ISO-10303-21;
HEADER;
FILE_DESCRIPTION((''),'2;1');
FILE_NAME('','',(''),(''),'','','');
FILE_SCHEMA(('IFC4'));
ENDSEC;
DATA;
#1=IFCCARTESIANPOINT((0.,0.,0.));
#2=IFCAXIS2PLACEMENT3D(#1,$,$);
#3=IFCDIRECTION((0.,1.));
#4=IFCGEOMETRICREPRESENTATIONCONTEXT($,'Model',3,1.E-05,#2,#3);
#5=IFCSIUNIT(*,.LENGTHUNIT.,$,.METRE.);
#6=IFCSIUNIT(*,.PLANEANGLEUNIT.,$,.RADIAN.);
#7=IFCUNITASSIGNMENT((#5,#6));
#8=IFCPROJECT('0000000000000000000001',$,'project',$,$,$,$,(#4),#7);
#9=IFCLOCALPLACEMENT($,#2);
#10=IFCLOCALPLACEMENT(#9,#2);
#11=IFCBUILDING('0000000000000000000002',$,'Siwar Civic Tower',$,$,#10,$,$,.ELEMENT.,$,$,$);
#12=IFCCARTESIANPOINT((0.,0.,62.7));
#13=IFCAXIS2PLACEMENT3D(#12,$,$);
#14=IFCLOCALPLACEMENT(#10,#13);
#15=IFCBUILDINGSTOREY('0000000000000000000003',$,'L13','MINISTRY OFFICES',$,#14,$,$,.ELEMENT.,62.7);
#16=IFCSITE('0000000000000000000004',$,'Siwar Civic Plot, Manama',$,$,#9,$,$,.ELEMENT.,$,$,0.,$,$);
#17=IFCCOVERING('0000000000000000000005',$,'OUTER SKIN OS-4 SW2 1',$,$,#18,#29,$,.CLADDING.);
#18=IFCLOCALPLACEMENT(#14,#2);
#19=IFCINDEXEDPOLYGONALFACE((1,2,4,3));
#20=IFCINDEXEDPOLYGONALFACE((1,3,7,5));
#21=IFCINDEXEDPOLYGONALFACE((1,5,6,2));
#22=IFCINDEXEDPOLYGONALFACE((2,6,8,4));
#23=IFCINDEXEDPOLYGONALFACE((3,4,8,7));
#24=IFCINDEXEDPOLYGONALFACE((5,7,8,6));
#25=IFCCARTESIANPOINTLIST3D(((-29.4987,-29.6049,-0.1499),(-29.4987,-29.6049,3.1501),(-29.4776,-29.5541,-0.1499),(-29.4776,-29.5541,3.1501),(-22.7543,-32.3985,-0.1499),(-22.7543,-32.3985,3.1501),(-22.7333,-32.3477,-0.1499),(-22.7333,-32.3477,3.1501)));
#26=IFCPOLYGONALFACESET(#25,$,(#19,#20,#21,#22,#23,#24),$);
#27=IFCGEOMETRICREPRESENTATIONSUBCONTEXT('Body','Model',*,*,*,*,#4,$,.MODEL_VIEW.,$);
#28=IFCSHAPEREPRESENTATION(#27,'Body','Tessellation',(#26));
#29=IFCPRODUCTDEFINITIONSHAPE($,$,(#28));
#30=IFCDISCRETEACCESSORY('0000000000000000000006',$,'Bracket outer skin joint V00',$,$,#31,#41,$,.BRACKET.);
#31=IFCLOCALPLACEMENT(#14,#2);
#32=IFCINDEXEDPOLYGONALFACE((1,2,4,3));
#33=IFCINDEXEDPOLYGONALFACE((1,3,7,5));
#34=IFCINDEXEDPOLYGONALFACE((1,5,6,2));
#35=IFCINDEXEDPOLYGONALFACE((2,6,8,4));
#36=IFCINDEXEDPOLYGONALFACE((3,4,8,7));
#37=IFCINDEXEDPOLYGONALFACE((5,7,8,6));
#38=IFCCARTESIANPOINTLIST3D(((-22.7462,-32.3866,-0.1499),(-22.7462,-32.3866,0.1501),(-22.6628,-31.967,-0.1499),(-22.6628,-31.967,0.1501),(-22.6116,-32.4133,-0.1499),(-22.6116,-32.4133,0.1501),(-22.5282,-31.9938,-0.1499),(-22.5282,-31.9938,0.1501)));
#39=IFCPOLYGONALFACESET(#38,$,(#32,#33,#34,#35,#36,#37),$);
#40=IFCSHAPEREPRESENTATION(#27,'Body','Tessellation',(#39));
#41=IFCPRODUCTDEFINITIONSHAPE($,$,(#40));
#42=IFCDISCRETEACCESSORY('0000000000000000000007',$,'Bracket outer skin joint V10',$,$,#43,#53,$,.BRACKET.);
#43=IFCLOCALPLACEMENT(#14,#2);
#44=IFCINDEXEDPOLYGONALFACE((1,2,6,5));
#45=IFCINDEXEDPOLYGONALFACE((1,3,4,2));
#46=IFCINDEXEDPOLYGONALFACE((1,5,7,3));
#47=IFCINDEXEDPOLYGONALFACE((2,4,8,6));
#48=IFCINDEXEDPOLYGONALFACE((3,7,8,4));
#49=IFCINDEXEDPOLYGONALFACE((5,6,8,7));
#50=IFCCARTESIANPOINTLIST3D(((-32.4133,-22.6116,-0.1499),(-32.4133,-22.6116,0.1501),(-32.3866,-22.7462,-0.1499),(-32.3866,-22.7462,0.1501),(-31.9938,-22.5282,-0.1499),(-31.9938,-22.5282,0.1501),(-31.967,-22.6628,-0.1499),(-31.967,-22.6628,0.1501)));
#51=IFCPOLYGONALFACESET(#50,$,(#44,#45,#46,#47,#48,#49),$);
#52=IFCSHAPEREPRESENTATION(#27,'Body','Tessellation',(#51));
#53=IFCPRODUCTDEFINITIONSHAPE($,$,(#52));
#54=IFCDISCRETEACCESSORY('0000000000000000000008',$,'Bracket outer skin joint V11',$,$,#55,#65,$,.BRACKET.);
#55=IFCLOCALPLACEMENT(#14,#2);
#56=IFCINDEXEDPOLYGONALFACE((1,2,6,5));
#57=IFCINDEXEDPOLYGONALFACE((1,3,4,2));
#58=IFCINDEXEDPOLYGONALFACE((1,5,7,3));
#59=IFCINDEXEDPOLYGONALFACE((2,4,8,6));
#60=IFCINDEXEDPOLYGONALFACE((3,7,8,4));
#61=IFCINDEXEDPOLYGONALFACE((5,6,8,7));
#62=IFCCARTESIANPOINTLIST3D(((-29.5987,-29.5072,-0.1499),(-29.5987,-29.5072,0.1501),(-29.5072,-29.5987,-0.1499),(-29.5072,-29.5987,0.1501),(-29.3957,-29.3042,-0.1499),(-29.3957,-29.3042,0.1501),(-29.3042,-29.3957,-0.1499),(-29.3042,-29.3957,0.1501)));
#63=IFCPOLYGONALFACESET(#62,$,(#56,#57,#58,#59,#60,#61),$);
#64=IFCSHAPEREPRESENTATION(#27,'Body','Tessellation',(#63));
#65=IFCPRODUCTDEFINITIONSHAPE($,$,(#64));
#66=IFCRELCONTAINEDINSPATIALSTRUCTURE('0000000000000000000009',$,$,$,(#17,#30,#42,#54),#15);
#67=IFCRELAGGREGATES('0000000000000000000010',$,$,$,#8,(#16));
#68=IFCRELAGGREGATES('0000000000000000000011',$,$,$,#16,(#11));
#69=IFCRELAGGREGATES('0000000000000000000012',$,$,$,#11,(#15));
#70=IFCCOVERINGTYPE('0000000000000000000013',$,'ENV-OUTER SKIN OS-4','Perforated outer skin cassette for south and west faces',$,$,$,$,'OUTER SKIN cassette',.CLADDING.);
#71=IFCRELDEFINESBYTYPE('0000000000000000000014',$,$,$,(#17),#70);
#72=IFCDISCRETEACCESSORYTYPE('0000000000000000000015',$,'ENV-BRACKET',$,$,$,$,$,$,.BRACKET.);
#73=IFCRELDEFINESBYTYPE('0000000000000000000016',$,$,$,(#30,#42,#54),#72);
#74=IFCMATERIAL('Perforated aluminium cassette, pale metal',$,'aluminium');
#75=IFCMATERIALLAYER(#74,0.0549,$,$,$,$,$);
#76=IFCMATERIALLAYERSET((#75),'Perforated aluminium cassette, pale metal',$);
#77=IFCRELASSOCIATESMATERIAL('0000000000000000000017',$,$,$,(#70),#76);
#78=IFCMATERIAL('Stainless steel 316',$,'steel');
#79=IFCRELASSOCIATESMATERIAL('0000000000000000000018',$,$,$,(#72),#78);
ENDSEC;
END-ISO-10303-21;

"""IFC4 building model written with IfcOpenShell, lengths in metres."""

from ifc_helpers import new_model, si_unit, direction, frame, origin, origin_2d, place, context, subcontext, project, spatial, rectangle, extrude, material, layer, layer_set, type_object, element, save


model = new_model("IFC4")

# Units and contexts
model_context = context("Model", 3, precision=1e-05, world=origin(), true_north=direction((0.0, 1.0)))
body_context = subcontext(model_context, "Body", "Model", "MODEL_VIEW")
ifc_project = project(units=[si_unit("LENGTHUNIT", "METRE"), si_unit("PLANEANGLEUNIT", "RADIAN")], contexts=[model_context])

# Site, building, storey
site_placement = place(None, origin())
site = spatial("IfcSite", under=ifc_project, at=site_placement, Name="Siwar Civic Plot, Manama", CompositionType="ELEMENT", RefElevation=0.0)
building_placement = place(site_placement, origin())
building = spatial("IfcBuilding", under=site, at=building_placement, Name="Siwar Civic Tower", CompositionType="ELEMENT")
storey_placement = place(building_placement, frame((0.0, 0.0, 62.7)))
storey = spatial("IfcBuildingStorey", under=building, at=storey_placement, Name="L13", Description="MINISTRY OFFICES", CompositionType="ELEMENT", Elevation=62.7)

# Covering
ifc_material_1 = material(Name="Perforated aluminium cassette, pale metal", Category="aluminium")
ifc_layer_1 = layer(ifc_material_1, 0.0549)
ifc_layer_set_1 = layer_set([ifc_layer_1], Name="Perforated aluminium cassette, pale metal")
covering_type = type_object("IfcCoveringType", Name="ENV-OUTER SKIN OS-4", Description="Perforated outer skin cassette for south and west faces", ElementType="OUTER SKIN cassette", PredefinedType="CLADDING", material=ifc_layer_set_1)
for number, where, z_axis, x_axis, name in (
    (1, (-26.116, -30.9763, -0.1499), (0.0, 0.0, 1.0), (0.92388, -0.382683, 0.0), "OUTER SKIN OS-4 SW2 1"),
):
    element("IfcCovering", number, at=place(storey_placement, frame(where, z_axis=z_axis, x_axis=x_axis)), inside=storey, type_object=covering_type, Name=name, PredefinedType="CLADDING", context=body_context, shape_type="SweptSolid", body=[
        extrude(rectangle(XDim=7.3, YDim=0.0549, at=origin_2d()), origin(), (0.0, 0.0, 1.0), 3.3),
    ])

# Discrete accessories
ifc_material_2 = material(Name="Stainless steel 316", Category="steel")
discrete_accessory_type = type_object("IfcDiscreteAccessoryType", Name="ENV-BRACKET", PredefinedType="BRACKET", material=ifc_material_2)
for number, where, z_axis, x_axis, name in (
    (2, (-22.6372, -32.1902, -0.1499), (0.0, 0.0, 1.0), (-0.19509, -0.980785, 0.0), "Bracket outer skin joint V00"),
    (3, (-32.1902, -22.6372, -0.1499), (0.0, 0.0, 1.0), (-0.980785, -0.19509, 0.0), "Bracket outer skin joint V10"),
):
    element("IfcDiscreteAccessory", number, at=place(storey_placement, frame(where, z_axis=z_axis, x_axis=x_axis)), inside=storey, type_object=discrete_accessory_type, Name=name, PredefinedType="BRACKET", context=body_context, shape_type="SweptSolid", body=[
        extrude(rectangle(XDim=0.4277, YDim=0.1372, at=origin_2d()), origin(), (0.0, 0.0, 1.0), 0.3),
    ])
discrete_accessory_placement = place(storey_placement, frame((-29.4514, -29.4514, -0.1499), z_axis=(0.0, 0.0, 1.0), x_axis=(-0.707107, -0.707107, 0.0)))
element("IfcDiscreteAccessory", 4, at=discrete_accessory_placement, inside=storey, type_object=discrete_accessory_type, Name="Bracket outer skin joint V11", PredefinedType="BRACKET", context=body_context, shape_type="SweptSolid", body=[
    extrude(rectangle(XDim=0.2871, YDim=0.1294, at=origin_2d()), origin(), (0.0, 0.0, 1.0), 0.3),
])

save(model, "model.ifc")
